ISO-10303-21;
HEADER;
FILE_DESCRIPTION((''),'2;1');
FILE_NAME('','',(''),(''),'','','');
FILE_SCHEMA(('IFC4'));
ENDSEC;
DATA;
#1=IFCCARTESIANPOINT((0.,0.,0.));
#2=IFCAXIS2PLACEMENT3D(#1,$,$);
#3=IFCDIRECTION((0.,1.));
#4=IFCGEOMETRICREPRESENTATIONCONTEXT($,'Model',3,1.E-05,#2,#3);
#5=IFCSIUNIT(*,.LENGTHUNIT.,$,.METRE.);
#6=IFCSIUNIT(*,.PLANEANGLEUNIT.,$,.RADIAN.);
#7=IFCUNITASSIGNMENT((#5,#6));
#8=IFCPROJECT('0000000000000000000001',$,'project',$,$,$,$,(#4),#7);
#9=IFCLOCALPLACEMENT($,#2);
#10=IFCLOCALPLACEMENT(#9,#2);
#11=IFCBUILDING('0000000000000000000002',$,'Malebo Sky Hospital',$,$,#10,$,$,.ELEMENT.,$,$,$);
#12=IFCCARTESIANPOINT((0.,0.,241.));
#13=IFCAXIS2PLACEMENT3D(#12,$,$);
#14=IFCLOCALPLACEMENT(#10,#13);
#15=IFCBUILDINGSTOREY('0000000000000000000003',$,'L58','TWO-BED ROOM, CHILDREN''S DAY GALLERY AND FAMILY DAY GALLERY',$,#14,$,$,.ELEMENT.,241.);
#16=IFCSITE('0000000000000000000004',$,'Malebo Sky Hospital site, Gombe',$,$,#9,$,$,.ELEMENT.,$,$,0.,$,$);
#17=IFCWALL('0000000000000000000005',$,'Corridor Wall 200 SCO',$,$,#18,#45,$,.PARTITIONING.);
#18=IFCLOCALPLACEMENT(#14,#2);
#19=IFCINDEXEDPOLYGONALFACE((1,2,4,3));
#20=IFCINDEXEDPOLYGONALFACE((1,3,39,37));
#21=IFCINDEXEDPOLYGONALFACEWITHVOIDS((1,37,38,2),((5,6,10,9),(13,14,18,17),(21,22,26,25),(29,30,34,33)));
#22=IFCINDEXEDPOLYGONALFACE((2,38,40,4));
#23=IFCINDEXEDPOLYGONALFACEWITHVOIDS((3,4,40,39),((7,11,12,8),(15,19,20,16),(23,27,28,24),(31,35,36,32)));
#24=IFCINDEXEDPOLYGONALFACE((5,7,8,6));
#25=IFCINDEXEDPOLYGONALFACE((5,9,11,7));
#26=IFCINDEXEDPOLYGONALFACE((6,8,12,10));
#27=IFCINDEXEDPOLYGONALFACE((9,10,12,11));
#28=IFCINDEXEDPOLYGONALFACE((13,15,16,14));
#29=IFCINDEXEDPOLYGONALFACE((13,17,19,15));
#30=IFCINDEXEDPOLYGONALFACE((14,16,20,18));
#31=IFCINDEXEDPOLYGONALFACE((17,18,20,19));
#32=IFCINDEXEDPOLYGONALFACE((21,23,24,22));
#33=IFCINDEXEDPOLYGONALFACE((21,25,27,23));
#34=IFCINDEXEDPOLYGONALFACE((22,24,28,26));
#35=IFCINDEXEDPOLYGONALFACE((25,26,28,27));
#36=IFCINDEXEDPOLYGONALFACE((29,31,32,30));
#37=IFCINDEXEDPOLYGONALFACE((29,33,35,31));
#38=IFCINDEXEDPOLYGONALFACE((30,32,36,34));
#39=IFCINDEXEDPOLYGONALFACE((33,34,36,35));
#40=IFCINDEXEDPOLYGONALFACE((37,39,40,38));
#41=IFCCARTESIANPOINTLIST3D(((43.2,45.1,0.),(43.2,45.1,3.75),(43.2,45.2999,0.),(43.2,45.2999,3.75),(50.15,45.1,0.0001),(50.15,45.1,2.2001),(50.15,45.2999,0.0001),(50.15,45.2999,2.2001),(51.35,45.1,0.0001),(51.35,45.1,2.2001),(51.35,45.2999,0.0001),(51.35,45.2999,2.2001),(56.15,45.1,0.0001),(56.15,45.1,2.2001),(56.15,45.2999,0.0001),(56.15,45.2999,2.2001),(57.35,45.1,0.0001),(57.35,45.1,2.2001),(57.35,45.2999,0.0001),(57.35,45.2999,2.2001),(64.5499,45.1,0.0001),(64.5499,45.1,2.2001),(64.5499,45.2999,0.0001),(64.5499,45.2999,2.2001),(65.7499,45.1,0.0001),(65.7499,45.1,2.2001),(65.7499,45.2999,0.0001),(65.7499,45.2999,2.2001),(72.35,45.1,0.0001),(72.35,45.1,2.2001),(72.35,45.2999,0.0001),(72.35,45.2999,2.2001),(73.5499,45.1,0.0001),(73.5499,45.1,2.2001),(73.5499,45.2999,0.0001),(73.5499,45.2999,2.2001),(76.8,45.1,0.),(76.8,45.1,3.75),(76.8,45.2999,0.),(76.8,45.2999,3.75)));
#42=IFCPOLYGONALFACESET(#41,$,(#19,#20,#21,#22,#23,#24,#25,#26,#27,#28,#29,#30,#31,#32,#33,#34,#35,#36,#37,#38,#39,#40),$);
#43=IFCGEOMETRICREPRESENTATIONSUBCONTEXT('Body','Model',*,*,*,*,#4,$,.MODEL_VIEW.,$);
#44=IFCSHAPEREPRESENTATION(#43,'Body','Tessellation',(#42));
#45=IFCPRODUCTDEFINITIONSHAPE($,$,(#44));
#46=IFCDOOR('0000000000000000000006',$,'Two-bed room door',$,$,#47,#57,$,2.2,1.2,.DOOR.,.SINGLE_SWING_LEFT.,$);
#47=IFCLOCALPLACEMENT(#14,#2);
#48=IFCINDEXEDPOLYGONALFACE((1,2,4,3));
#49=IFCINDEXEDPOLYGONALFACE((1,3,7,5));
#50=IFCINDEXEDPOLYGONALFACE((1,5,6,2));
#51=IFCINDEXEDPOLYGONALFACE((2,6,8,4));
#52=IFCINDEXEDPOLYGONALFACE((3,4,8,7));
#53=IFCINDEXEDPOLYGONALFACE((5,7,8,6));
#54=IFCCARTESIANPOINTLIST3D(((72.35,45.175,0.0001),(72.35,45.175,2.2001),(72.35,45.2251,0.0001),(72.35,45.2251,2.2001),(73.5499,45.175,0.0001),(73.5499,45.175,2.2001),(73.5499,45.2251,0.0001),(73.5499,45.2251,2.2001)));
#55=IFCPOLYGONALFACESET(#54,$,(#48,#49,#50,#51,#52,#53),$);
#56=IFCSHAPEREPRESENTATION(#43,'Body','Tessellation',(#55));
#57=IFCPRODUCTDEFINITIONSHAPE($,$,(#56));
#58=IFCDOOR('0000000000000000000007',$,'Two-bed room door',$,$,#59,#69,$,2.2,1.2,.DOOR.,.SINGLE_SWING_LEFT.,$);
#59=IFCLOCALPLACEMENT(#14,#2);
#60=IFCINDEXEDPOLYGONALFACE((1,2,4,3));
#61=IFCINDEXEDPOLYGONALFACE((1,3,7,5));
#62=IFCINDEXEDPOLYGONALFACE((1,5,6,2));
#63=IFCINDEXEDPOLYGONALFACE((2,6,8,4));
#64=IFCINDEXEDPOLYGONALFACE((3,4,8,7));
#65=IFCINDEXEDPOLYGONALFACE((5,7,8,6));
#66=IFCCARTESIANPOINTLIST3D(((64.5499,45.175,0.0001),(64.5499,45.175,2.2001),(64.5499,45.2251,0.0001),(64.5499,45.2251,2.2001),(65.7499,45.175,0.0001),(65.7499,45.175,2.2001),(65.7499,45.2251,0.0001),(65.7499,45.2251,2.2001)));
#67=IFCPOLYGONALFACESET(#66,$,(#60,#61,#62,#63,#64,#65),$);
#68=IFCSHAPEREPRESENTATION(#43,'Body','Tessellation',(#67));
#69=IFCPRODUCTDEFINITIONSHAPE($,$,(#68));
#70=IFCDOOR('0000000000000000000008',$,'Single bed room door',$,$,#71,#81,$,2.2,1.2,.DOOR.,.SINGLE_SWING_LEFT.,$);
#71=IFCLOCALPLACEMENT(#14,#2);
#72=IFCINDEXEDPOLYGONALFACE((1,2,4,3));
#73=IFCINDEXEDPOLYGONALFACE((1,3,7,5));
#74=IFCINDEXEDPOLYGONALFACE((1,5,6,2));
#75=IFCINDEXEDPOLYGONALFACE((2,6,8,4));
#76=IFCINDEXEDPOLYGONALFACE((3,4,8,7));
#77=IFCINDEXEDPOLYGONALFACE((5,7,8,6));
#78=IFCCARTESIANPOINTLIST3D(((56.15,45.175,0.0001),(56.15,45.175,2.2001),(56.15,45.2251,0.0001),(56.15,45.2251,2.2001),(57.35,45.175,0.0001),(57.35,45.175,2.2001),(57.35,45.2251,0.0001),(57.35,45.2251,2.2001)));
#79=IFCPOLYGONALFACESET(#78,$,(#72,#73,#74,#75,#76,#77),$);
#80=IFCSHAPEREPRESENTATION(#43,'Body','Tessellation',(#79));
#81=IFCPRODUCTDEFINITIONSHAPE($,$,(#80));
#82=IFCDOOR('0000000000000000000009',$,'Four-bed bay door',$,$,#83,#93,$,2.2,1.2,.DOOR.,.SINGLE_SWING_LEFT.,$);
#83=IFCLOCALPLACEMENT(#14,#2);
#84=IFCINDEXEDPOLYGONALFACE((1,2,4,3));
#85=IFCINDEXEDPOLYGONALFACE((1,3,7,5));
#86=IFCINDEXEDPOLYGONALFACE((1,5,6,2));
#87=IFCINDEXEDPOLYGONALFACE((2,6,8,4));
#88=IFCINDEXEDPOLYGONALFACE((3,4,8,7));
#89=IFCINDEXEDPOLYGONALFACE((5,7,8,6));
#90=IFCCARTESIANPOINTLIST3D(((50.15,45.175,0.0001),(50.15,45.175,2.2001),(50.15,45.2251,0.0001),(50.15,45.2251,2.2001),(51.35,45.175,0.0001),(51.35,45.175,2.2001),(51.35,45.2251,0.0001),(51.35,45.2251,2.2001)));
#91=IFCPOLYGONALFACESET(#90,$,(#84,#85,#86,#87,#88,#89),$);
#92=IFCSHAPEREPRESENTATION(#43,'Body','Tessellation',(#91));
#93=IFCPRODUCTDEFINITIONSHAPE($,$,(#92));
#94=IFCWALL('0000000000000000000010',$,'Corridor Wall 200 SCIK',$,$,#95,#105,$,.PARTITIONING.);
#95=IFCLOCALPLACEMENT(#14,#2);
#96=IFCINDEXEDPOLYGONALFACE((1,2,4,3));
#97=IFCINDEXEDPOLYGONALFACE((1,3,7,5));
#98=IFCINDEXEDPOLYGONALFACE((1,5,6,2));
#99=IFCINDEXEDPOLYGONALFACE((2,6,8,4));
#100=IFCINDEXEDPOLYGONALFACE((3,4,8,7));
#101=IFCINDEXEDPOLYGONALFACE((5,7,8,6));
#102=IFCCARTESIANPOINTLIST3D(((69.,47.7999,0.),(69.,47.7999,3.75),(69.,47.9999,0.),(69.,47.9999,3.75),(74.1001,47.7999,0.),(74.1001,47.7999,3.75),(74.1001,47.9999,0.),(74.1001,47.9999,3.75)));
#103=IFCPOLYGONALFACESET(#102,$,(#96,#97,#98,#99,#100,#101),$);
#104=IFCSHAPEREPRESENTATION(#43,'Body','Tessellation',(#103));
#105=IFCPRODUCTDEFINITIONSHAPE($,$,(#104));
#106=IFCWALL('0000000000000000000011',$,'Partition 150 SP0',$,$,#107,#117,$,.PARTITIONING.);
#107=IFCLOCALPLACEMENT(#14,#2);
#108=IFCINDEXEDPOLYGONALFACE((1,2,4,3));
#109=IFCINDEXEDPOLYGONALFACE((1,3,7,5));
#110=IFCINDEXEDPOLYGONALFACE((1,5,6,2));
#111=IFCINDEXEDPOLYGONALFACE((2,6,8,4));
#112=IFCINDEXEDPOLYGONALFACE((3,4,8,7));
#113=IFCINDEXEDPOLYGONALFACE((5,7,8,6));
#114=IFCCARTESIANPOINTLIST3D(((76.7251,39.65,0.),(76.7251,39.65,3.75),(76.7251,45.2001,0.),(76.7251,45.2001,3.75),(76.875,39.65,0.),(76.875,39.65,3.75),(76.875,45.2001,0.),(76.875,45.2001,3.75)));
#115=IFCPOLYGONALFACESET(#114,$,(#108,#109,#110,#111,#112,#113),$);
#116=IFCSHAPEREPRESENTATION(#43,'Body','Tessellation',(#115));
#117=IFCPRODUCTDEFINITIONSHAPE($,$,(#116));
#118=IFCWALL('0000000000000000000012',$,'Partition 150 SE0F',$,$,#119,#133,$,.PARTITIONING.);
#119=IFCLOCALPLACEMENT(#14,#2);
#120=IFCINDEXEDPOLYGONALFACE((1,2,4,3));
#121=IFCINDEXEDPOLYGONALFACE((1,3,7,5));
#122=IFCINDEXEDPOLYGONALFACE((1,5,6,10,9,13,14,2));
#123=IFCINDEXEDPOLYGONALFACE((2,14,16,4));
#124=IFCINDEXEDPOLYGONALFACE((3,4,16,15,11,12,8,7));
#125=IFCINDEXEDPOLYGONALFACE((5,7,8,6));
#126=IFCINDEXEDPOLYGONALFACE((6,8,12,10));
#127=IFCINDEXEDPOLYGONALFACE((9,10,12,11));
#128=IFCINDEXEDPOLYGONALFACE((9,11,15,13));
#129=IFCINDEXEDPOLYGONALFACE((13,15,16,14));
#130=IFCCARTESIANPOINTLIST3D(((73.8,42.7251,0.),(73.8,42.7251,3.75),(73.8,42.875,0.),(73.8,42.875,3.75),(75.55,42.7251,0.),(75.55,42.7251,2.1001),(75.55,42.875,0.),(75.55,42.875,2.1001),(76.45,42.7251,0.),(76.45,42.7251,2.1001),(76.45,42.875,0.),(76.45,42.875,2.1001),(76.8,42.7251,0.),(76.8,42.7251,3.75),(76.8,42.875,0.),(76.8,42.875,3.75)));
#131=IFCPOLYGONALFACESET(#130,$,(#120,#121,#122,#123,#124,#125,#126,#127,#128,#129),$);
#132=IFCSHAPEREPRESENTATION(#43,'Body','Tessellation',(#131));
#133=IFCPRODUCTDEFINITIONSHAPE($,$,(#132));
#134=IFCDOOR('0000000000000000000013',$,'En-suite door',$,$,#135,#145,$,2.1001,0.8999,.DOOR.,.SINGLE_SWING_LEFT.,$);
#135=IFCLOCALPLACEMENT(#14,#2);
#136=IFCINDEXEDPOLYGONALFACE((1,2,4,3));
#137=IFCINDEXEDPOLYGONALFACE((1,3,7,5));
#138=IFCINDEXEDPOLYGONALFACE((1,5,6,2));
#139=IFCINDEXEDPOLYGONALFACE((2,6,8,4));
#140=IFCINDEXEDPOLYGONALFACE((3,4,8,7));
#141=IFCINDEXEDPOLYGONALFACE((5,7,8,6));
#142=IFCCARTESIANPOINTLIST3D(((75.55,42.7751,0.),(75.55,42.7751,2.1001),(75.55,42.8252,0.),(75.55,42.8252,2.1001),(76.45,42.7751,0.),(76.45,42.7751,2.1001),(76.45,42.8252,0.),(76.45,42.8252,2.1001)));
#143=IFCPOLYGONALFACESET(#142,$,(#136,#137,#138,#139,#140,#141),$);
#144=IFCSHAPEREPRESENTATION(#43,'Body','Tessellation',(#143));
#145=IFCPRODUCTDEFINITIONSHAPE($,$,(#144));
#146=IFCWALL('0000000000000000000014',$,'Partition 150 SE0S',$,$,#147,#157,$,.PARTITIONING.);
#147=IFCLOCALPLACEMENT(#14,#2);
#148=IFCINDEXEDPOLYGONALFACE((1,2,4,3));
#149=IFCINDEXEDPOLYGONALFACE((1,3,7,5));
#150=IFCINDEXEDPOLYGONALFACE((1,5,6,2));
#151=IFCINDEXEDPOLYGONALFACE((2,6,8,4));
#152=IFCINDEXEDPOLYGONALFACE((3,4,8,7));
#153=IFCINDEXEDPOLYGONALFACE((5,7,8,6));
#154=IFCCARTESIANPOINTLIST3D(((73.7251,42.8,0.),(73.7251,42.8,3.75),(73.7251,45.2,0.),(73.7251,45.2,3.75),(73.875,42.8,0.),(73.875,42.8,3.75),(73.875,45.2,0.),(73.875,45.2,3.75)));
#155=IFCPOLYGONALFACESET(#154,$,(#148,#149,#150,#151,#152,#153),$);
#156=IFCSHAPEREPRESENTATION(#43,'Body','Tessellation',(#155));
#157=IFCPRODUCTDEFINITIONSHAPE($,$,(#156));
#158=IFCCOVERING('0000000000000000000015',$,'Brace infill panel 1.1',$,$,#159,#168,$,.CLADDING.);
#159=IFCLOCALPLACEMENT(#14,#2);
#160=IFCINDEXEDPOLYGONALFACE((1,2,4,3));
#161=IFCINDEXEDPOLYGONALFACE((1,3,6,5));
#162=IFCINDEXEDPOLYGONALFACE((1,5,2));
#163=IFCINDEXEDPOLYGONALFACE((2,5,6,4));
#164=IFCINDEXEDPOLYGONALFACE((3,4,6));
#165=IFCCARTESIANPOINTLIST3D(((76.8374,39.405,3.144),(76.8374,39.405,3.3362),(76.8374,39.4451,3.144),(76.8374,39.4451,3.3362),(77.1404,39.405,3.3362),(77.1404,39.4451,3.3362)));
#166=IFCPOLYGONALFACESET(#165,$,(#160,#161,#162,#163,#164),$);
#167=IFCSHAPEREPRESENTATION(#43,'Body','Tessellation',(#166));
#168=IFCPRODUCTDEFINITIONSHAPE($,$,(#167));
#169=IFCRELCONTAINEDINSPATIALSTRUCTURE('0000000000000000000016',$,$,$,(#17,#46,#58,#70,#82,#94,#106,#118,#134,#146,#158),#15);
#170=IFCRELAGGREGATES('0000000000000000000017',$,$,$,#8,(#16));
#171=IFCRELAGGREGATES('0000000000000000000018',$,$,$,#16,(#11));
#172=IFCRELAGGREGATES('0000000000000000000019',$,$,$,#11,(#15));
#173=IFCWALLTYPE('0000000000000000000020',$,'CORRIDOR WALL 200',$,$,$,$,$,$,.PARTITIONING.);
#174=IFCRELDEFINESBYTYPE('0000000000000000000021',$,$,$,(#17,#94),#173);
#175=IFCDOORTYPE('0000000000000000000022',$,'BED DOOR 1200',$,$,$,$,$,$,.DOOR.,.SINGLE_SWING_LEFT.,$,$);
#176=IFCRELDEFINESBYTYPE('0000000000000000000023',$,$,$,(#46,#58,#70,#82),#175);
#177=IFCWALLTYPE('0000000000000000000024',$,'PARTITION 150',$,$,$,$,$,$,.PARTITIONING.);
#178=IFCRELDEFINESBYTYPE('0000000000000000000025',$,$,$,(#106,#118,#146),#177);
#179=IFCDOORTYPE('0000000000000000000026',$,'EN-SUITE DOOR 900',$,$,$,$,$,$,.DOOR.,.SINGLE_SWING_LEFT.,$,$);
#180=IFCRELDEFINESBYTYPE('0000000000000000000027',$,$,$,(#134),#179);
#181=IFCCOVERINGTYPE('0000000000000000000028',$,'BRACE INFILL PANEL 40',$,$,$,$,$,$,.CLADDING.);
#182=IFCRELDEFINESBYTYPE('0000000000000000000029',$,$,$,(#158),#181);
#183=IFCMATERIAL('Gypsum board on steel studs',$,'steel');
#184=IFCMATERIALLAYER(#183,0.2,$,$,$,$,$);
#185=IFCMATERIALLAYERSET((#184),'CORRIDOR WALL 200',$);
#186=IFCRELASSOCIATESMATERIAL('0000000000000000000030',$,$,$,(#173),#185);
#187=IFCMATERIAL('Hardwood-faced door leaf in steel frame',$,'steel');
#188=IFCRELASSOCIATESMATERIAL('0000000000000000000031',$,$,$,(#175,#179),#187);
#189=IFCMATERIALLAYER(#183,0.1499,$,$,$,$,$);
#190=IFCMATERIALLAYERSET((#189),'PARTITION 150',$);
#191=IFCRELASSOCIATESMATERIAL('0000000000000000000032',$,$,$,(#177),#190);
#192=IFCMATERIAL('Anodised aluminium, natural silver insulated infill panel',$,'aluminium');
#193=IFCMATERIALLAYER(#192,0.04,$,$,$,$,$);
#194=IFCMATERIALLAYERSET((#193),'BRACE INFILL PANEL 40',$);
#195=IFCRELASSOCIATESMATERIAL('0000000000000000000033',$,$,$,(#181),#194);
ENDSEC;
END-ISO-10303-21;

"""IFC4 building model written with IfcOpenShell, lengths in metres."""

from ifc_helpers import new_model, si_unit, direction, frame, frame_2d, origin, place, context, subcontext, project, spatial, polyline, rectangle, outline, extrude, material, layer, layer_set, type_object, element, fill, save


model = new_model("IFC4")

# Units and contexts
model_context = context("Model", 3, precision=1e-05, world=origin(), true_north=direction((0.0, 1.0)))
body_context = subcontext(model_context, "Body", "Model", "MODEL_VIEW")
ifc_project = project(units=[si_unit("LENGTHUNIT", "METRE"), si_unit("PLANEANGLEUNIT", "RADIAN")], contexts=[model_context])

# Site, building, storey
site_placement = place(None, origin())
site = spatial("IfcSite", under=ifc_project, at=site_placement, Name="Malebo Sky Hospital site, Gombe", CompositionType="ELEMENT", RefElevation=0.0)
building_placement = place(site_placement, origin())
building = spatial("IfcBuilding", under=site, at=building_placement, Name="Malebo Sky Hospital", CompositionType="ELEMENT")
storey_placement = place(building_placement, frame((0.0, 0.0, 241.0)))
storey = spatial("IfcBuildingStorey", under=building, at=storey_placement, Name="L58", Description="TWO-BED ROOM, CHILDREN'S DAY GALLERY AND FAMILY DAY GALLERY", CompositionType="ELEMENT", Elevation=241.0)

# Wall, openings, doors
ifc_material_1 = material(Name="Gypsum board on steel studs", Category="steel")
ifc_layer_1 = layer(ifc_material_1, 0.2)
ifc_layer_set_1 = layer_set([ifc_layer_1], Name="CORRIDOR WALL 200")
wall_type_1 = type_object("IfcWallType", Name="CORRIDOR WALL 200", PredefinedType="PARTITIONING", material=ifc_layer_set_1)
wall_1_placement = place(storey_placement, frame((76.8, 45.2, 0.0), z_axis=(0.0, 0.0, 1.0), x_axis=(-1.0, 0.0, 0.0)))
wall_1 = element("IfcWall", 1, at=wall_1_placement, inside=storey, type_object=wall_type_1, Name="Corridor Wall 200 SCO", PredefinedType="PARTITIONING", context=body_context, shape_type="SweptSolid", body=[
    extrude(rectangle(XDim=33.6001, YDim=0.2, at=frame_2d((16.8, 0.0))), origin(), (0.0, 0.0, 1.0), 3.75),
])
opening_1_placement = place(wall_1_placement, frame((3.25, 0.0, 0.0)))
opening_1 = element("IfcOpeningElement", 2, at=opening_1_placement, cuts=wall_1, PredefinedType="OPENING", context=body_context, shape_type="SweptSolid", body=[
    extrude(rectangle(XDim=1.2, YDim=2.2, at=frame_2d((0.6001, 1.1001))), frame((0.0, 0.1099, 0.0), z_axis=(0.0, -1.0, 0.0), x_axis=(1.0, 0.0, 0.0)), (0.0, 0.0, 1.0), 0.22),
])
opening_2_placement = place(wall_1_placement, frame((11.05, 0.0, 0.0)))
opening_2 = element("IfcOpeningElement", 3, at=opening_2_placement, cuts=wall_1, PredefinedType="OPENING", context=body_context, shape_type="SweptSolid", body=[
    extrude(rectangle(XDim=1.2, YDim=2.2, at=frame_2d((0.6001, 1.1001))), frame((0.0, 0.1099, 0.0), z_axis=(0.0, -1.0, 0.0), x_axis=(1.0, 0.0, 0.0)), (0.0, 0.0, 1.0), 0.22),
])
opening_3_placement = place(wall_1_placement, frame((19.45, 0.0, 0.0)))
opening_3 = element("IfcOpeningElement", 4, at=opening_3_placement, cuts=wall_1, PredefinedType="OPENING", context=body_context, shape_type="SweptSolid", body=[
    extrude(rectangle(XDim=1.2, YDim=2.2, at=frame_2d((0.6001, 1.1001))), frame((0.0, 0.1099, 0.0), z_axis=(0.0, -1.0, 0.0), x_axis=(1.0, 0.0, 0.0)), (0.0, 0.0, 1.0), 0.22),
])
opening_4_placement = place(wall_1_placement, frame((25.45, 0.0, 0.0)))
opening_4 = element("IfcOpeningElement", 5, at=opening_4_placement, cuts=wall_1, PredefinedType="OPENING", context=body_context, shape_type="SweptSolid", body=[
    extrude(rectangle(XDim=1.2, YDim=2.2, at=frame_2d((0.6001, 1.1001))), frame((0.0, 0.1099, 0.0), z_axis=(0.0, -1.0, 0.0), x_axis=(1.0, 0.0, 0.0)), (0.0, 0.0, 1.0), 0.22),
])
ifc_material_2 = material(Name="Hardwood-faced door leaf in steel frame", Category="steel")
door_type_1 = type_object("IfcDoorType", Name="BED DOOR 1200", OperationType="SINGLE_SWING_LEFT", PredefinedType="DOOR", material=ifc_material_2)
door_1_placement = place(opening_1_placement, origin())
door_1 = element("IfcDoor", 6, at=door_1_placement, inside=storey, type_object=door_type_1, Name="Two-bed room door", OperationType="SINGLE_SWING_LEFT", OverallHeight=2.2, OverallWidth=1.2, PredefinedType="DOOR", context=body_context, shape_type="SweptSolid", body=[
    extrude(rectangle(XDim=1.2, YDim=2.2, at=frame_2d((0.6001, 1.1001))), frame((0.0, 0.0249, 0.0), z_axis=(0.0, -1.0, 0.0), x_axis=(1.0, 0.0, 0.0)), (0.0, 0.0, 1.0), 0.05),
])
fill(opening_1, door_1)
door_2_placement = place(opening_2_placement, origin())
door_2 = element("IfcDoor", 7, at=door_2_placement, inside=storey, type_object=door_type_1, Name="Two-bed room door", OperationType="SINGLE_SWING_LEFT", OverallHeight=2.2, OverallWidth=1.2, PredefinedType="DOOR", context=body_context, shape_type="SweptSolid", body=[
    extrude(rectangle(XDim=1.2, YDim=2.2, at=frame_2d((0.6001, 1.1001))), frame((0.0, 0.0249, 0.0), z_axis=(0.0, -1.0, 0.0), x_axis=(1.0, 0.0, 0.0)), (0.0, 0.0, 1.0), 0.05),
])
fill(opening_2, door_2)
door_3_placement = place(opening_3_placement, origin())
door_3 = element("IfcDoor", 8, at=door_3_placement, inside=storey, type_object=door_type_1, Name="Single bed room door", OperationType="SINGLE_SWING_LEFT", OverallHeight=2.2, OverallWidth=1.2, PredefinedType="DOOR", context=body_context, shape_type="SweptSolid", body=[
    extrude(rectangle(XDim=1.2, YDim=2.2, at=frame_2d((0.6001, 1.1001))), frame((0.0, 0.0249, 0.0), z_axis=(0.0, -1.0, 0.0), x_axis=(1.0, 0.0, 0.0)), (0.0, 0.0, 1.0), 0.05),
])
fill(opening_3, door_3)
door_4_placement = place(opening_4_placement, origin())
door_4 = element("IfcDoor", 9, at=door_4_placement, inside=storey, type_object=door_type_1, Name="Four-bed bay door", OperationType="SINGLE_SWING_LEFT", OverallHeight=2.2, OverallWidth=1.2, PredefinedType="DOOR", context=body_context, shape_type="SweptSolid", body=[
    extrude(rectangle(XDim=1.2, YDim=2.2, at=frame_2d((0.6001, 1.1001))), frame((0.0, 0.0249, 0.0), z_axis=(0.0, -1.0, 0.0), x_axis=(1.0, 0.0, 0.0)), (0.0, 0.0, 1.0), 0.05),
])
fill(opening_4, door_4)

# Walls
wall_2_placement = place(storey_placement, frame((74.1001, 47.8999, 0.0), z_axis=(0.0, 0.0, 1.0), x_axis=(-1.0, 0.0, 0.0)))
element("IfcWall", 10, at=wall_2_placement, inside=storey, type_object=wall_type_1, Name="Corridor Wall 200 SCIK", PredefinedType="PARTITIONING", context=body_context, shape_type="SweptSolid", body=[
    extrude(rectangle(XDim=5.1001, YDim=0.2, at=frame_2d((2.55, 0.0))), origin(), (0.0, 0.0, 1.0), 3.75),
])
ifc_layer_2 = layer(ifc_material_1, 0.1499)
ifc_layer_set_2 = layer_set([ifc_layer_2], Name="PARTITION 150")
wall_type_2 = type_object("IfcWallType", Name="PARTITION 150", PredefinedType="PARTITIONING", material=ifc_layer_set_2)
wall_3_placement = place(storey_placement, frame((76.8, 45.2, 0.0), z_axis=(0.0, 0.0, 1.0), x_axis=(0.0, -1.0, 0.0)))
element("IfcWall", 11, at=wall_3_placement, inside=storey, type_object=wall_type_2, Name="Partition 150 SP0", PredefinedType="PARTITIONING", context=body_context, shape_type="SweptSolid", body=[
    extrude(rectangle(XDim=5.55, YDim=0.1499, at=frame_2d((2.7749, 0.0))), origin(), (0.0, 0.0, 1.0), 3.75),
])

# Wall, opening, door
wall_4_placement = place(storey_placement, frame((76.8, 42.8, 0.0), z_axis=(0.0, 0.0, 1.0), x_axis=(-1.0, 0.0, 0.0)))
wall_4 = element("IfcWall", 12, at=wall_4_placement, inside=storey, type_object=wall_type_2, Name="Partition 150 SE0F", PredefinedType="PARTITIONING", context=body_context, shape_type="SweptSolid", body=[
    extrude(rectangle(XDim=3.0, YDim=0.1499, at=frame_2d((1.5, 0.0))), origin(), (0.0, 0.0, 1.0), 3.75),
])
opening_5_placement = place(wall_4_placement, frame((0.3501, 0.0, 0.0)))
opening_5 = element("IfcOpeningElement", 13, at=opening_5_placement, cuts=wall_4, PredefinedType="OPENING", context=body_context, shape_type="SweptSolid", body=[
    extrude(rectangle(XDim=0.8999, YDim=2.1001, at=frame_2d((0.45, 1.05))), frame((0.0, 0.085, 0.0), z_axis=(0.0, -1.0, 0.0), x_axis=(1.0, 0.0, 0.0)), (0.0, 0.0, 1.0), 0.1699),
])
door_type_2 = type_object("IfcDoorType", Name="EN-SUITE DOOR 900", OperationType="SINGLE_SWING_LEFT", PredefinedType="DOOR", material=ifc_material_2)
door_5_placement = place(opening_5_placement, origin())
door_5 = element("IfcDoor", 14, at=door_5_placement, inside=storey, type_object=door_type_2, Name="En-suite door", OperationType="SINGLE_SWING_LEFT", OverallHeight=2.1001, OverallWidth=0.8999, PredefinedType="DOOR", context=body_context, shape_type="SweptSolid", body=[
    extrude(rectangle(XDim=0.8999, YDim=2.1001, at=frame_2d((0.45, 1.05))), frame((0.0, 0.0249, 0.0), z_axis=(0.0, -1.0, 0.0), x_axis=(1.0, 0.0, 0.0)), (0.0, 0.0, 1.0), 0.05),
])
fill(opening_5, door_5)

# Wall
wall_5_placement = place(storey_placement, frame((73.8, 45.2, 0.0), z_axis=(0.0, 0.0, 1.0), x_axis=(0.0, -1.0, 0.0)))
element("IfcWall", 15, at=wall_5_placement, inside=storey, type_object=wall_type_2, Name="Partition 150 SE0S", PredefinedType="PARTITIONING", context=body_context, shape_type="SweptSolid", body=[
    extrude(rectangle(XDim=2.3999, YDim=0.1499, at=frame_2d((1.2, 0.0))), origin(), (0.0, 0.0, 1.0), 3.75),
])

# Covering
ifc_material_3 = material(Name="Anodised aluminium, natural silver insulated infill panel", Category="aluminium")
ifc_layer_3 = layer(ifc_material_3, 0.04)
ifc_layer_set_3 = layer_set([ifc_layer_3], Name="BRACE INFILL PANEL 40")
covering_type = type_object("IfcCoveringType", Name="BRACE INFILL PANEL 40", PredefinedType="CLADDING", material=ifc_layer_set_3)
covering_1_placement = place(storey_placement, frame((76.989, 39.425, 3.144), z_axis=(0.0, 0.0, 1.0), x_axis=(-1.0, 0.0, 0.0)))
element("IfcCovering", 16, at=covering_1_placement, inside=storey, type_object=covering_type, Name="Brace infill panel 1.1", PredefinedType="CLADDING", context=body_context, shape_type="SweptSolid", body=[
    extrude(outline(polyline([(0.1516, 0.0), (0.1516, 0.1921), (-0.1514, 0.1921), (0.1516, 0.0)])), frame((0.0, 0.02, 0.0), z_axis=(0.0, -1.0, 0.0), x_axis=(1.0, 0.0, 0.0)), (0.0, 0.0, 1.0), 0.04),
])

save(model, "model.ifc")
